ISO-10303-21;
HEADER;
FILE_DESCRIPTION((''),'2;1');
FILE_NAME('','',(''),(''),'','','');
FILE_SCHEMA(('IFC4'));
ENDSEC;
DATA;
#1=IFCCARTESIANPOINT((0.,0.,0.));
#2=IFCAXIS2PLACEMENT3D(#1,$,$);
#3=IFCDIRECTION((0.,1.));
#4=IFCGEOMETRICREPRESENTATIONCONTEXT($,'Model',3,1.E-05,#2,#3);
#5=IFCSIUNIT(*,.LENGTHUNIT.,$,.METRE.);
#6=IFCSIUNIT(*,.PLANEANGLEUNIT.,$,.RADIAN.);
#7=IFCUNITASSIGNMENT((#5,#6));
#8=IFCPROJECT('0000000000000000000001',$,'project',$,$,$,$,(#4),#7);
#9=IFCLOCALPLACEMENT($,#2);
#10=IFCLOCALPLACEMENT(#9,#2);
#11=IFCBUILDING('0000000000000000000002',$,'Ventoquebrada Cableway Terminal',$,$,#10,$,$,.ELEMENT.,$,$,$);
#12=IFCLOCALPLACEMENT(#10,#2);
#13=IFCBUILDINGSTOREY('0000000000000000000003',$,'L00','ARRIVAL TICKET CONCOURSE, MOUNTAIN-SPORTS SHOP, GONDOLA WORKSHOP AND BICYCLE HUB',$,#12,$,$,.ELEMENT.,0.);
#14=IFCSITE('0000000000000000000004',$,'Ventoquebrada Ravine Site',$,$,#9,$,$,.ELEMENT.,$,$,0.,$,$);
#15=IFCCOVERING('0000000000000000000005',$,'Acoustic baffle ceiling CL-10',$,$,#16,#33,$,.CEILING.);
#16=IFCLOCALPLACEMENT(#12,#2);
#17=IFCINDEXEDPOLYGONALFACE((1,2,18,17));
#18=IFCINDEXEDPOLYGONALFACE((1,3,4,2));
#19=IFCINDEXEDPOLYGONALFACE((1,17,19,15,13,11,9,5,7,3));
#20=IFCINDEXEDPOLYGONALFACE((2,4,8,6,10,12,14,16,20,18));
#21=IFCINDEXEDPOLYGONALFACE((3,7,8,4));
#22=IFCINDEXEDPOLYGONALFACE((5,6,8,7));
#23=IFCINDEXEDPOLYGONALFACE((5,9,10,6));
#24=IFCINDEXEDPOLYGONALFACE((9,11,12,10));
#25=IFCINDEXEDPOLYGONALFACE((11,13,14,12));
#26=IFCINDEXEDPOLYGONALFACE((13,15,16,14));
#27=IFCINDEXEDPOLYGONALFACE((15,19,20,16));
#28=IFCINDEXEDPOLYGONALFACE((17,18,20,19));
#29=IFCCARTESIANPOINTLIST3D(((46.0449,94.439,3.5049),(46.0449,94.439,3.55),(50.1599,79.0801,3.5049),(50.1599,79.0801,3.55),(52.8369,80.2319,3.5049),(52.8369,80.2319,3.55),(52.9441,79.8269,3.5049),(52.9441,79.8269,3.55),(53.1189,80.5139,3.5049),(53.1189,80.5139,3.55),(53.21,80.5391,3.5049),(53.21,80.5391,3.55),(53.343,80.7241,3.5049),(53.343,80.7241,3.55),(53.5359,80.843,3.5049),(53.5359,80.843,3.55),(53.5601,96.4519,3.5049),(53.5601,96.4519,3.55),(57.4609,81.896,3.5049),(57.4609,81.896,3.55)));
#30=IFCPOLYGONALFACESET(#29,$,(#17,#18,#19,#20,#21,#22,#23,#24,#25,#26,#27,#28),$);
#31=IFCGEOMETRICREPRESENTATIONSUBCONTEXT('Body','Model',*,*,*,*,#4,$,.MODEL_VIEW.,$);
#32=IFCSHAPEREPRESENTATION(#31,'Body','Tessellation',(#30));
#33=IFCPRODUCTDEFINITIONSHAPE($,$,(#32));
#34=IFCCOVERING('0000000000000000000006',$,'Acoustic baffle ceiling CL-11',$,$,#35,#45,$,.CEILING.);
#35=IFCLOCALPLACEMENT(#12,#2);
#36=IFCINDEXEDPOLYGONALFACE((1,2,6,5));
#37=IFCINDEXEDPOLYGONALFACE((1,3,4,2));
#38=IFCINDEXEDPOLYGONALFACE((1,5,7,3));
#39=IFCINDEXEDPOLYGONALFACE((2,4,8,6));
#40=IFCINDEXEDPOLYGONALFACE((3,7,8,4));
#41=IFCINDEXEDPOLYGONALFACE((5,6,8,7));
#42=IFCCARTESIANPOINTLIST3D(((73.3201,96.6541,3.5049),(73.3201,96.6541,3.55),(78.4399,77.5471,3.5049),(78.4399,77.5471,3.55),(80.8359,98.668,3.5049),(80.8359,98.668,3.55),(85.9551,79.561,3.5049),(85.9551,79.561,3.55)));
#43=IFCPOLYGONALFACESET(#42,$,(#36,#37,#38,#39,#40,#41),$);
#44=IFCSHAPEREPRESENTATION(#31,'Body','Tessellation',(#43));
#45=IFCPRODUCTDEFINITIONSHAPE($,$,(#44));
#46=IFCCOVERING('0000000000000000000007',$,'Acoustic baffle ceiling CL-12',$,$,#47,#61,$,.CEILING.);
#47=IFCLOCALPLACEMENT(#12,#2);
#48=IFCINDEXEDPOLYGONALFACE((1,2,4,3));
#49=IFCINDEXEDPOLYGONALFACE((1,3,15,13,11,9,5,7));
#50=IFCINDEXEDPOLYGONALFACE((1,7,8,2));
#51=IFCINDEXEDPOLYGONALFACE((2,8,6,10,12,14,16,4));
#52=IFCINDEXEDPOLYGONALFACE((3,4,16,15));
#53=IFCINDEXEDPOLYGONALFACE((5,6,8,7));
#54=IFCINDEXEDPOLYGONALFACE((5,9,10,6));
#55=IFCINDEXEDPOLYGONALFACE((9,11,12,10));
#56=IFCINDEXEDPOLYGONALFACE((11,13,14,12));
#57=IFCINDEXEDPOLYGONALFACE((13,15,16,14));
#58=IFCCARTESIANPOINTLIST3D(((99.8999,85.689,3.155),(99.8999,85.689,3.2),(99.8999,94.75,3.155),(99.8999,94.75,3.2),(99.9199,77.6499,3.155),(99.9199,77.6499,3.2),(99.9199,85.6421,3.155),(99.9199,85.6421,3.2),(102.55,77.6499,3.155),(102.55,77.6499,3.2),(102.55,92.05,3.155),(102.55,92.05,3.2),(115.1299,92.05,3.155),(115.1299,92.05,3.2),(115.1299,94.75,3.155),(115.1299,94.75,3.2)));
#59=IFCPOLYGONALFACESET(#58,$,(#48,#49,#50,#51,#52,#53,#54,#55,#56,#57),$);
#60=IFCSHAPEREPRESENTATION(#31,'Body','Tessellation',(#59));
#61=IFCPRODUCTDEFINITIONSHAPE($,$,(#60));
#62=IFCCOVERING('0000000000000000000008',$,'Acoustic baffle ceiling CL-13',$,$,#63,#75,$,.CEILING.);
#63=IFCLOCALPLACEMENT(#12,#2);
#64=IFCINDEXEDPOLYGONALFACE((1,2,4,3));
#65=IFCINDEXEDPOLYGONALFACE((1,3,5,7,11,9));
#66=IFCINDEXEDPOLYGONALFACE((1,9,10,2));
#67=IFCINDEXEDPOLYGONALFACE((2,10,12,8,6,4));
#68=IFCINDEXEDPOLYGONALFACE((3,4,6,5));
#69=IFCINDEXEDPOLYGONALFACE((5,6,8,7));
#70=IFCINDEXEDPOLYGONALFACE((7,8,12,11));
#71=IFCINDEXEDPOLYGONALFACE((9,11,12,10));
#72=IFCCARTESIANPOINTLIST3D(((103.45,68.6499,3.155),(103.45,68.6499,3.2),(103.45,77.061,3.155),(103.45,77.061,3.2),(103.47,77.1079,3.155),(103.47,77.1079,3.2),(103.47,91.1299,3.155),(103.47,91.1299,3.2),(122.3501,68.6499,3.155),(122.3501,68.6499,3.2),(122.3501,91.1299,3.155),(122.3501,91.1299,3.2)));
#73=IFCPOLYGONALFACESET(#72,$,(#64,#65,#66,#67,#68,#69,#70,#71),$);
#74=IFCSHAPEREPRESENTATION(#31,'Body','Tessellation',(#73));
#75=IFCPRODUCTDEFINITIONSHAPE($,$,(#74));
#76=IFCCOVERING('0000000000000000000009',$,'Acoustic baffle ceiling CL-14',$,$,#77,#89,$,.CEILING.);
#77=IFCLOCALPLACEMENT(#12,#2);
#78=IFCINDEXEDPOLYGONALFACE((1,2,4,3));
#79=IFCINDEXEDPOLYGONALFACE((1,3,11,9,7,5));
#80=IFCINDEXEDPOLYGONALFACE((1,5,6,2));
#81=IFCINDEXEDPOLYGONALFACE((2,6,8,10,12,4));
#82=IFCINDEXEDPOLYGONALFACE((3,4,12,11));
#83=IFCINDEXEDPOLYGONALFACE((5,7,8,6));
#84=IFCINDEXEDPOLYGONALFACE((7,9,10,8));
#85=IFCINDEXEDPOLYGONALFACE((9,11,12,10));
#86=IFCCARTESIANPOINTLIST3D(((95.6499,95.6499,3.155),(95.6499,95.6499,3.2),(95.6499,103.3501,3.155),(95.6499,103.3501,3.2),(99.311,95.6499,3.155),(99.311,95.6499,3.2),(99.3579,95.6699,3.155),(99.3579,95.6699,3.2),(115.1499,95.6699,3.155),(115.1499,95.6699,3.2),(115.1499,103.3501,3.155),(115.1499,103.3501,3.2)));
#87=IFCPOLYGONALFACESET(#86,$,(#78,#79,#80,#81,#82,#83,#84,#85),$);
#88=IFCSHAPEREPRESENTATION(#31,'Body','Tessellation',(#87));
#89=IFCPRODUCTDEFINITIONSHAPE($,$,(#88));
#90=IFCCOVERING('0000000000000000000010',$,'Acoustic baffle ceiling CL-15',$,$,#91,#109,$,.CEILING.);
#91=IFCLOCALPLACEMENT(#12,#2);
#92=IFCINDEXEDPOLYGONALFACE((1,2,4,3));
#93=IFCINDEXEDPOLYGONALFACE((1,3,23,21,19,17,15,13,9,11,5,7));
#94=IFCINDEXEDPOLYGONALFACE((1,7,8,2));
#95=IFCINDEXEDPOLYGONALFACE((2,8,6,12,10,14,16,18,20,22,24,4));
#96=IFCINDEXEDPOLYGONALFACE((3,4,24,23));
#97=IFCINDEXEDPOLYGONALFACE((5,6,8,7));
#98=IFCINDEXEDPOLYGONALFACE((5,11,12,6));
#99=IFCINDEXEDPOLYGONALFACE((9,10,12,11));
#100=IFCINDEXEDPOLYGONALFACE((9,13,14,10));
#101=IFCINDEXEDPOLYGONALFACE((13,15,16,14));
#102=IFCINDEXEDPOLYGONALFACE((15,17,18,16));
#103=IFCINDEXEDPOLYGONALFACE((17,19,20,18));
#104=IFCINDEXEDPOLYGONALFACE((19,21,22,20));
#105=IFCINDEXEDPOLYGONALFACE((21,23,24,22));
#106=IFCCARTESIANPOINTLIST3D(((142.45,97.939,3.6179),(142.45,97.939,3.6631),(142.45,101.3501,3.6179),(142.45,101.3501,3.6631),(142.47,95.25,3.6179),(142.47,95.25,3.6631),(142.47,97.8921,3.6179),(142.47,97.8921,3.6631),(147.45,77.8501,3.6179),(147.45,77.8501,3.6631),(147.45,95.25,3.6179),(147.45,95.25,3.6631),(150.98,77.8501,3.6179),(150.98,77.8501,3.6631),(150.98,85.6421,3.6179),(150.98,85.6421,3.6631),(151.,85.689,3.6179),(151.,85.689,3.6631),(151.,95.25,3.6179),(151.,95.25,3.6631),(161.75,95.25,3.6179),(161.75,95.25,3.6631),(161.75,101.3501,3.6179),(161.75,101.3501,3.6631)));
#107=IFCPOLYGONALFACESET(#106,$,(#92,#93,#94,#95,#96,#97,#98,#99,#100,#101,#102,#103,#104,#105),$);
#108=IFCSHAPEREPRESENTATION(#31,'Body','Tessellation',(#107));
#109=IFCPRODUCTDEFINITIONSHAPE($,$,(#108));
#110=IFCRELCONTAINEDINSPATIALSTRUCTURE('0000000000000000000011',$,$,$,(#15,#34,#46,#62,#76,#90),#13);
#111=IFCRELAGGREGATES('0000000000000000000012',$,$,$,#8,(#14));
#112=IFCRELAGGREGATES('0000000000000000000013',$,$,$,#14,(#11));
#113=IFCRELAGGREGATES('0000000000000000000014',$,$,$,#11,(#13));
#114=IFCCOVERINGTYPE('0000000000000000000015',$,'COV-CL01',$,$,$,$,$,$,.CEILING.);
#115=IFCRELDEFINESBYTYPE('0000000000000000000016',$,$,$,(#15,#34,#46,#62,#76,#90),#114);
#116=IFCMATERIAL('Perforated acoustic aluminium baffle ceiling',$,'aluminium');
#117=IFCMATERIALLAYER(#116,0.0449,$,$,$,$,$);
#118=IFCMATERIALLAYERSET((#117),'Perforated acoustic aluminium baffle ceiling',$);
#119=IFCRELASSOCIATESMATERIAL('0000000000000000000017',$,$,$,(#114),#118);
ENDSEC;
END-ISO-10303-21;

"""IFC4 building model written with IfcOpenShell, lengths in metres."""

from ifc_helpers import new_model, si_unit, direction, frame, origin, place, context, subcontext, project, spatial, polyline, outline, extrude, material, layer, layer_set, type_object, element, save


model = new_model("IFC4")

# Units and contexts
model_context = context("Model", 3, precision=1e-05, world=origin(), true_north=direction((0.0, 1.0)))
body_context = subcontext(model_context, "Body", "Model", "MODEL_VIEW")
ifc_project = project(units=[si_unit("LENGTHUNIT", "METRE"), si_unit("PLANEANGLEUNIT", "RADIAN")], contexts=[model_context])

# Site, building, storey
site_placement = place(None, origin())
site = spatial("IfcSite", under=ifc_project, at=site_placement, Name="Ventoquebrada Ravine Site", CompositionType="ELEMENT", RefElevation=0.0)
building_placement = place(site_placement, origin())
building = spatial("IfcBuilding", under=site, at=building_placement, Name="Ventoquebrada Cableway Terminal", CompositionType="ELEMENT")
storey_placement = place(building_placement, origin())
storey = spatial("IfcBuildingStorey", under=building, at=storey_placement, Name="L00", Description="ARRIVAL TICKET CONCOURSE, MOUNTAIN-SPORTS SHOP, GONDOLA WORKSHOP AND BICYCLE HUB", CompositionType="ELEMENT", Elevation=0.0)

# Coverings
ifc_material_1 = material(Name="Perforated acoustic aluminium baffle ceiling", Category="aluminium")
ifc_layer_1 = layer(ifc_material_1, 0.0449)
ifc_layer_set_1 = layer_set([ifc_layer_1], Name="Perforated acoustic aluminium baffle ceiling")
covering_type = type_object("IfcCoveringType", Name="COV-CL01", PredefinedType="CEILING", material=ifc_layer_set_1)
covering_1_placement = place(storey_placement, frame((0.0, 0.0, 3.5049)))
element("IfcCovering", 1, at=covering_1_placement, inside=storey, type_object=covering_type, Name="Acoustic baffle ceiling CL-10", PredefinedType="CEILING", context=body_context, shape_type="SweptSolid", body=[
    extrude(outline(polyline([(50.1599, 79.0801), (52.9441, 79.8269), (52.8369, 80.2319), (53.1189, 80.5139), (53.21, 80.5391), (53.343, 80.7241), (53.5359, 80.843), (57.4609, 81.896), (53.5601, 96.4519), (46.0449, 94.439), (50.1599, 79.0801)])), origin(), (0.0, 0.0, 1.0), 0.0452),
])
covering_2_placement = place(storey_placement, frame((0.0, 0.0, 3.5049)))
element("IfcCovering", 2, at=covering_2_placement, inside=storey, type_object=covering_type, Name="Acoustic baffle ceiling CL-11", PredefinedType="CEILING", context=body_context, shape_type="SweptSolid", body=[
    extrude(outline(polyline([(73.3201, 96.6541), (78.4399, 77.5471), (85.9551, 79.561), (80.8359, 98.668), (73.3201, 96.6541)])), origin(), (0.0, 0.0, 1.0), 0.0452),
])
covering_3_placement = place(storey_placement, frame((0.0, 0.0, 3.155)))
element("IfcCovering", 3, at=covering_3_placement, inside=storey, type_object=covering_type, Name="Acoustic baffle ceiling CL-12", PredefinedType="CEILING", context=body_context, shape_type="SweptSolid", body=[
    extrude(outline(polyline([(102.55, 77.6499), (102.55, 92.05), (115.1299, 92.05), (115.1299, 94.75), (99.8999, 94.75), (99.8999, 85.689), (99.9199, 85.6421), (99.9199, 77.6499), (102.55, 77.6499)])), origin(), (0.0, 0.0, 1.0), 0.0449),
])
covering_4_placement = place(storey_placement, frame((0.0, 0.0, 3.155)))
element("IfcCovering", 4, at=covering_4_placement, inside=storey, type_object=covering_type, Name="Acoustic baffle ceiling CL-13", PredefinedType="CEILING", context=body_context, shape_type="SweptSolid", body=[
    extrude(outline(polyline([(103.45, 68.6499), (122.3501, 68.6499), (122.3501, 91.1299), (103.47, 91.1299), (103.47, 77.1079), (103.45, 77.061), (103.45, 68.6499)])), origin(), (0.0, 0.0, 1.0), 0.0449),
])
covering_5_placement = place(storey_placement, frame((0.0, 0.0, 3.155)))
element("IfcCovering", 5, at=covering_5_placement, inside=storey, type_object=covering_type, Name="Acoustic baffle ceiling CL-14", PredefinedType="CEILING", context=body_context, shape_type="SweptSolid", body=[
    extrude(outline(polyline([(95.6499, 95.6499), (99.311, 95.6499), (99.3579, 95.6699), (115.1499, 95.6699), (115.1499, 103.3501), (95.6499, 103.3501), (95.6499, 95.6499)])), origin(), (0.0, 0.0, 1.0), 0.0449),
])
covering_6_placement = place(storey_placement, frame((0.0, 0.0, 3.6179)))
element("IfcCovering", 6, at=covering_6_placement, inside=storey, type_object=covering_type, Name="Acoustic baffle ceiling CL-15", PredefinedType="CEILING", context=body_context, shape_type="SweptSolid", body=[
    extrude(outline(polyline([(142.47, 97.8921), (142.47, 95.25), (147.45, 95.25), (147.45, 77.8501), (150.98, 77.8501), (150.98, 85.6421), (151.0, 85.689), (151.0, 95.25), (161.75, 95.25), (161.75, 101.3501), (142.45, 101.3501), (142.45, 97.939), (142.47, 97.8921)])), origin(), (0.0, 0.0, 1.0), 0.0452),
])

save(model, "model.ifc")
